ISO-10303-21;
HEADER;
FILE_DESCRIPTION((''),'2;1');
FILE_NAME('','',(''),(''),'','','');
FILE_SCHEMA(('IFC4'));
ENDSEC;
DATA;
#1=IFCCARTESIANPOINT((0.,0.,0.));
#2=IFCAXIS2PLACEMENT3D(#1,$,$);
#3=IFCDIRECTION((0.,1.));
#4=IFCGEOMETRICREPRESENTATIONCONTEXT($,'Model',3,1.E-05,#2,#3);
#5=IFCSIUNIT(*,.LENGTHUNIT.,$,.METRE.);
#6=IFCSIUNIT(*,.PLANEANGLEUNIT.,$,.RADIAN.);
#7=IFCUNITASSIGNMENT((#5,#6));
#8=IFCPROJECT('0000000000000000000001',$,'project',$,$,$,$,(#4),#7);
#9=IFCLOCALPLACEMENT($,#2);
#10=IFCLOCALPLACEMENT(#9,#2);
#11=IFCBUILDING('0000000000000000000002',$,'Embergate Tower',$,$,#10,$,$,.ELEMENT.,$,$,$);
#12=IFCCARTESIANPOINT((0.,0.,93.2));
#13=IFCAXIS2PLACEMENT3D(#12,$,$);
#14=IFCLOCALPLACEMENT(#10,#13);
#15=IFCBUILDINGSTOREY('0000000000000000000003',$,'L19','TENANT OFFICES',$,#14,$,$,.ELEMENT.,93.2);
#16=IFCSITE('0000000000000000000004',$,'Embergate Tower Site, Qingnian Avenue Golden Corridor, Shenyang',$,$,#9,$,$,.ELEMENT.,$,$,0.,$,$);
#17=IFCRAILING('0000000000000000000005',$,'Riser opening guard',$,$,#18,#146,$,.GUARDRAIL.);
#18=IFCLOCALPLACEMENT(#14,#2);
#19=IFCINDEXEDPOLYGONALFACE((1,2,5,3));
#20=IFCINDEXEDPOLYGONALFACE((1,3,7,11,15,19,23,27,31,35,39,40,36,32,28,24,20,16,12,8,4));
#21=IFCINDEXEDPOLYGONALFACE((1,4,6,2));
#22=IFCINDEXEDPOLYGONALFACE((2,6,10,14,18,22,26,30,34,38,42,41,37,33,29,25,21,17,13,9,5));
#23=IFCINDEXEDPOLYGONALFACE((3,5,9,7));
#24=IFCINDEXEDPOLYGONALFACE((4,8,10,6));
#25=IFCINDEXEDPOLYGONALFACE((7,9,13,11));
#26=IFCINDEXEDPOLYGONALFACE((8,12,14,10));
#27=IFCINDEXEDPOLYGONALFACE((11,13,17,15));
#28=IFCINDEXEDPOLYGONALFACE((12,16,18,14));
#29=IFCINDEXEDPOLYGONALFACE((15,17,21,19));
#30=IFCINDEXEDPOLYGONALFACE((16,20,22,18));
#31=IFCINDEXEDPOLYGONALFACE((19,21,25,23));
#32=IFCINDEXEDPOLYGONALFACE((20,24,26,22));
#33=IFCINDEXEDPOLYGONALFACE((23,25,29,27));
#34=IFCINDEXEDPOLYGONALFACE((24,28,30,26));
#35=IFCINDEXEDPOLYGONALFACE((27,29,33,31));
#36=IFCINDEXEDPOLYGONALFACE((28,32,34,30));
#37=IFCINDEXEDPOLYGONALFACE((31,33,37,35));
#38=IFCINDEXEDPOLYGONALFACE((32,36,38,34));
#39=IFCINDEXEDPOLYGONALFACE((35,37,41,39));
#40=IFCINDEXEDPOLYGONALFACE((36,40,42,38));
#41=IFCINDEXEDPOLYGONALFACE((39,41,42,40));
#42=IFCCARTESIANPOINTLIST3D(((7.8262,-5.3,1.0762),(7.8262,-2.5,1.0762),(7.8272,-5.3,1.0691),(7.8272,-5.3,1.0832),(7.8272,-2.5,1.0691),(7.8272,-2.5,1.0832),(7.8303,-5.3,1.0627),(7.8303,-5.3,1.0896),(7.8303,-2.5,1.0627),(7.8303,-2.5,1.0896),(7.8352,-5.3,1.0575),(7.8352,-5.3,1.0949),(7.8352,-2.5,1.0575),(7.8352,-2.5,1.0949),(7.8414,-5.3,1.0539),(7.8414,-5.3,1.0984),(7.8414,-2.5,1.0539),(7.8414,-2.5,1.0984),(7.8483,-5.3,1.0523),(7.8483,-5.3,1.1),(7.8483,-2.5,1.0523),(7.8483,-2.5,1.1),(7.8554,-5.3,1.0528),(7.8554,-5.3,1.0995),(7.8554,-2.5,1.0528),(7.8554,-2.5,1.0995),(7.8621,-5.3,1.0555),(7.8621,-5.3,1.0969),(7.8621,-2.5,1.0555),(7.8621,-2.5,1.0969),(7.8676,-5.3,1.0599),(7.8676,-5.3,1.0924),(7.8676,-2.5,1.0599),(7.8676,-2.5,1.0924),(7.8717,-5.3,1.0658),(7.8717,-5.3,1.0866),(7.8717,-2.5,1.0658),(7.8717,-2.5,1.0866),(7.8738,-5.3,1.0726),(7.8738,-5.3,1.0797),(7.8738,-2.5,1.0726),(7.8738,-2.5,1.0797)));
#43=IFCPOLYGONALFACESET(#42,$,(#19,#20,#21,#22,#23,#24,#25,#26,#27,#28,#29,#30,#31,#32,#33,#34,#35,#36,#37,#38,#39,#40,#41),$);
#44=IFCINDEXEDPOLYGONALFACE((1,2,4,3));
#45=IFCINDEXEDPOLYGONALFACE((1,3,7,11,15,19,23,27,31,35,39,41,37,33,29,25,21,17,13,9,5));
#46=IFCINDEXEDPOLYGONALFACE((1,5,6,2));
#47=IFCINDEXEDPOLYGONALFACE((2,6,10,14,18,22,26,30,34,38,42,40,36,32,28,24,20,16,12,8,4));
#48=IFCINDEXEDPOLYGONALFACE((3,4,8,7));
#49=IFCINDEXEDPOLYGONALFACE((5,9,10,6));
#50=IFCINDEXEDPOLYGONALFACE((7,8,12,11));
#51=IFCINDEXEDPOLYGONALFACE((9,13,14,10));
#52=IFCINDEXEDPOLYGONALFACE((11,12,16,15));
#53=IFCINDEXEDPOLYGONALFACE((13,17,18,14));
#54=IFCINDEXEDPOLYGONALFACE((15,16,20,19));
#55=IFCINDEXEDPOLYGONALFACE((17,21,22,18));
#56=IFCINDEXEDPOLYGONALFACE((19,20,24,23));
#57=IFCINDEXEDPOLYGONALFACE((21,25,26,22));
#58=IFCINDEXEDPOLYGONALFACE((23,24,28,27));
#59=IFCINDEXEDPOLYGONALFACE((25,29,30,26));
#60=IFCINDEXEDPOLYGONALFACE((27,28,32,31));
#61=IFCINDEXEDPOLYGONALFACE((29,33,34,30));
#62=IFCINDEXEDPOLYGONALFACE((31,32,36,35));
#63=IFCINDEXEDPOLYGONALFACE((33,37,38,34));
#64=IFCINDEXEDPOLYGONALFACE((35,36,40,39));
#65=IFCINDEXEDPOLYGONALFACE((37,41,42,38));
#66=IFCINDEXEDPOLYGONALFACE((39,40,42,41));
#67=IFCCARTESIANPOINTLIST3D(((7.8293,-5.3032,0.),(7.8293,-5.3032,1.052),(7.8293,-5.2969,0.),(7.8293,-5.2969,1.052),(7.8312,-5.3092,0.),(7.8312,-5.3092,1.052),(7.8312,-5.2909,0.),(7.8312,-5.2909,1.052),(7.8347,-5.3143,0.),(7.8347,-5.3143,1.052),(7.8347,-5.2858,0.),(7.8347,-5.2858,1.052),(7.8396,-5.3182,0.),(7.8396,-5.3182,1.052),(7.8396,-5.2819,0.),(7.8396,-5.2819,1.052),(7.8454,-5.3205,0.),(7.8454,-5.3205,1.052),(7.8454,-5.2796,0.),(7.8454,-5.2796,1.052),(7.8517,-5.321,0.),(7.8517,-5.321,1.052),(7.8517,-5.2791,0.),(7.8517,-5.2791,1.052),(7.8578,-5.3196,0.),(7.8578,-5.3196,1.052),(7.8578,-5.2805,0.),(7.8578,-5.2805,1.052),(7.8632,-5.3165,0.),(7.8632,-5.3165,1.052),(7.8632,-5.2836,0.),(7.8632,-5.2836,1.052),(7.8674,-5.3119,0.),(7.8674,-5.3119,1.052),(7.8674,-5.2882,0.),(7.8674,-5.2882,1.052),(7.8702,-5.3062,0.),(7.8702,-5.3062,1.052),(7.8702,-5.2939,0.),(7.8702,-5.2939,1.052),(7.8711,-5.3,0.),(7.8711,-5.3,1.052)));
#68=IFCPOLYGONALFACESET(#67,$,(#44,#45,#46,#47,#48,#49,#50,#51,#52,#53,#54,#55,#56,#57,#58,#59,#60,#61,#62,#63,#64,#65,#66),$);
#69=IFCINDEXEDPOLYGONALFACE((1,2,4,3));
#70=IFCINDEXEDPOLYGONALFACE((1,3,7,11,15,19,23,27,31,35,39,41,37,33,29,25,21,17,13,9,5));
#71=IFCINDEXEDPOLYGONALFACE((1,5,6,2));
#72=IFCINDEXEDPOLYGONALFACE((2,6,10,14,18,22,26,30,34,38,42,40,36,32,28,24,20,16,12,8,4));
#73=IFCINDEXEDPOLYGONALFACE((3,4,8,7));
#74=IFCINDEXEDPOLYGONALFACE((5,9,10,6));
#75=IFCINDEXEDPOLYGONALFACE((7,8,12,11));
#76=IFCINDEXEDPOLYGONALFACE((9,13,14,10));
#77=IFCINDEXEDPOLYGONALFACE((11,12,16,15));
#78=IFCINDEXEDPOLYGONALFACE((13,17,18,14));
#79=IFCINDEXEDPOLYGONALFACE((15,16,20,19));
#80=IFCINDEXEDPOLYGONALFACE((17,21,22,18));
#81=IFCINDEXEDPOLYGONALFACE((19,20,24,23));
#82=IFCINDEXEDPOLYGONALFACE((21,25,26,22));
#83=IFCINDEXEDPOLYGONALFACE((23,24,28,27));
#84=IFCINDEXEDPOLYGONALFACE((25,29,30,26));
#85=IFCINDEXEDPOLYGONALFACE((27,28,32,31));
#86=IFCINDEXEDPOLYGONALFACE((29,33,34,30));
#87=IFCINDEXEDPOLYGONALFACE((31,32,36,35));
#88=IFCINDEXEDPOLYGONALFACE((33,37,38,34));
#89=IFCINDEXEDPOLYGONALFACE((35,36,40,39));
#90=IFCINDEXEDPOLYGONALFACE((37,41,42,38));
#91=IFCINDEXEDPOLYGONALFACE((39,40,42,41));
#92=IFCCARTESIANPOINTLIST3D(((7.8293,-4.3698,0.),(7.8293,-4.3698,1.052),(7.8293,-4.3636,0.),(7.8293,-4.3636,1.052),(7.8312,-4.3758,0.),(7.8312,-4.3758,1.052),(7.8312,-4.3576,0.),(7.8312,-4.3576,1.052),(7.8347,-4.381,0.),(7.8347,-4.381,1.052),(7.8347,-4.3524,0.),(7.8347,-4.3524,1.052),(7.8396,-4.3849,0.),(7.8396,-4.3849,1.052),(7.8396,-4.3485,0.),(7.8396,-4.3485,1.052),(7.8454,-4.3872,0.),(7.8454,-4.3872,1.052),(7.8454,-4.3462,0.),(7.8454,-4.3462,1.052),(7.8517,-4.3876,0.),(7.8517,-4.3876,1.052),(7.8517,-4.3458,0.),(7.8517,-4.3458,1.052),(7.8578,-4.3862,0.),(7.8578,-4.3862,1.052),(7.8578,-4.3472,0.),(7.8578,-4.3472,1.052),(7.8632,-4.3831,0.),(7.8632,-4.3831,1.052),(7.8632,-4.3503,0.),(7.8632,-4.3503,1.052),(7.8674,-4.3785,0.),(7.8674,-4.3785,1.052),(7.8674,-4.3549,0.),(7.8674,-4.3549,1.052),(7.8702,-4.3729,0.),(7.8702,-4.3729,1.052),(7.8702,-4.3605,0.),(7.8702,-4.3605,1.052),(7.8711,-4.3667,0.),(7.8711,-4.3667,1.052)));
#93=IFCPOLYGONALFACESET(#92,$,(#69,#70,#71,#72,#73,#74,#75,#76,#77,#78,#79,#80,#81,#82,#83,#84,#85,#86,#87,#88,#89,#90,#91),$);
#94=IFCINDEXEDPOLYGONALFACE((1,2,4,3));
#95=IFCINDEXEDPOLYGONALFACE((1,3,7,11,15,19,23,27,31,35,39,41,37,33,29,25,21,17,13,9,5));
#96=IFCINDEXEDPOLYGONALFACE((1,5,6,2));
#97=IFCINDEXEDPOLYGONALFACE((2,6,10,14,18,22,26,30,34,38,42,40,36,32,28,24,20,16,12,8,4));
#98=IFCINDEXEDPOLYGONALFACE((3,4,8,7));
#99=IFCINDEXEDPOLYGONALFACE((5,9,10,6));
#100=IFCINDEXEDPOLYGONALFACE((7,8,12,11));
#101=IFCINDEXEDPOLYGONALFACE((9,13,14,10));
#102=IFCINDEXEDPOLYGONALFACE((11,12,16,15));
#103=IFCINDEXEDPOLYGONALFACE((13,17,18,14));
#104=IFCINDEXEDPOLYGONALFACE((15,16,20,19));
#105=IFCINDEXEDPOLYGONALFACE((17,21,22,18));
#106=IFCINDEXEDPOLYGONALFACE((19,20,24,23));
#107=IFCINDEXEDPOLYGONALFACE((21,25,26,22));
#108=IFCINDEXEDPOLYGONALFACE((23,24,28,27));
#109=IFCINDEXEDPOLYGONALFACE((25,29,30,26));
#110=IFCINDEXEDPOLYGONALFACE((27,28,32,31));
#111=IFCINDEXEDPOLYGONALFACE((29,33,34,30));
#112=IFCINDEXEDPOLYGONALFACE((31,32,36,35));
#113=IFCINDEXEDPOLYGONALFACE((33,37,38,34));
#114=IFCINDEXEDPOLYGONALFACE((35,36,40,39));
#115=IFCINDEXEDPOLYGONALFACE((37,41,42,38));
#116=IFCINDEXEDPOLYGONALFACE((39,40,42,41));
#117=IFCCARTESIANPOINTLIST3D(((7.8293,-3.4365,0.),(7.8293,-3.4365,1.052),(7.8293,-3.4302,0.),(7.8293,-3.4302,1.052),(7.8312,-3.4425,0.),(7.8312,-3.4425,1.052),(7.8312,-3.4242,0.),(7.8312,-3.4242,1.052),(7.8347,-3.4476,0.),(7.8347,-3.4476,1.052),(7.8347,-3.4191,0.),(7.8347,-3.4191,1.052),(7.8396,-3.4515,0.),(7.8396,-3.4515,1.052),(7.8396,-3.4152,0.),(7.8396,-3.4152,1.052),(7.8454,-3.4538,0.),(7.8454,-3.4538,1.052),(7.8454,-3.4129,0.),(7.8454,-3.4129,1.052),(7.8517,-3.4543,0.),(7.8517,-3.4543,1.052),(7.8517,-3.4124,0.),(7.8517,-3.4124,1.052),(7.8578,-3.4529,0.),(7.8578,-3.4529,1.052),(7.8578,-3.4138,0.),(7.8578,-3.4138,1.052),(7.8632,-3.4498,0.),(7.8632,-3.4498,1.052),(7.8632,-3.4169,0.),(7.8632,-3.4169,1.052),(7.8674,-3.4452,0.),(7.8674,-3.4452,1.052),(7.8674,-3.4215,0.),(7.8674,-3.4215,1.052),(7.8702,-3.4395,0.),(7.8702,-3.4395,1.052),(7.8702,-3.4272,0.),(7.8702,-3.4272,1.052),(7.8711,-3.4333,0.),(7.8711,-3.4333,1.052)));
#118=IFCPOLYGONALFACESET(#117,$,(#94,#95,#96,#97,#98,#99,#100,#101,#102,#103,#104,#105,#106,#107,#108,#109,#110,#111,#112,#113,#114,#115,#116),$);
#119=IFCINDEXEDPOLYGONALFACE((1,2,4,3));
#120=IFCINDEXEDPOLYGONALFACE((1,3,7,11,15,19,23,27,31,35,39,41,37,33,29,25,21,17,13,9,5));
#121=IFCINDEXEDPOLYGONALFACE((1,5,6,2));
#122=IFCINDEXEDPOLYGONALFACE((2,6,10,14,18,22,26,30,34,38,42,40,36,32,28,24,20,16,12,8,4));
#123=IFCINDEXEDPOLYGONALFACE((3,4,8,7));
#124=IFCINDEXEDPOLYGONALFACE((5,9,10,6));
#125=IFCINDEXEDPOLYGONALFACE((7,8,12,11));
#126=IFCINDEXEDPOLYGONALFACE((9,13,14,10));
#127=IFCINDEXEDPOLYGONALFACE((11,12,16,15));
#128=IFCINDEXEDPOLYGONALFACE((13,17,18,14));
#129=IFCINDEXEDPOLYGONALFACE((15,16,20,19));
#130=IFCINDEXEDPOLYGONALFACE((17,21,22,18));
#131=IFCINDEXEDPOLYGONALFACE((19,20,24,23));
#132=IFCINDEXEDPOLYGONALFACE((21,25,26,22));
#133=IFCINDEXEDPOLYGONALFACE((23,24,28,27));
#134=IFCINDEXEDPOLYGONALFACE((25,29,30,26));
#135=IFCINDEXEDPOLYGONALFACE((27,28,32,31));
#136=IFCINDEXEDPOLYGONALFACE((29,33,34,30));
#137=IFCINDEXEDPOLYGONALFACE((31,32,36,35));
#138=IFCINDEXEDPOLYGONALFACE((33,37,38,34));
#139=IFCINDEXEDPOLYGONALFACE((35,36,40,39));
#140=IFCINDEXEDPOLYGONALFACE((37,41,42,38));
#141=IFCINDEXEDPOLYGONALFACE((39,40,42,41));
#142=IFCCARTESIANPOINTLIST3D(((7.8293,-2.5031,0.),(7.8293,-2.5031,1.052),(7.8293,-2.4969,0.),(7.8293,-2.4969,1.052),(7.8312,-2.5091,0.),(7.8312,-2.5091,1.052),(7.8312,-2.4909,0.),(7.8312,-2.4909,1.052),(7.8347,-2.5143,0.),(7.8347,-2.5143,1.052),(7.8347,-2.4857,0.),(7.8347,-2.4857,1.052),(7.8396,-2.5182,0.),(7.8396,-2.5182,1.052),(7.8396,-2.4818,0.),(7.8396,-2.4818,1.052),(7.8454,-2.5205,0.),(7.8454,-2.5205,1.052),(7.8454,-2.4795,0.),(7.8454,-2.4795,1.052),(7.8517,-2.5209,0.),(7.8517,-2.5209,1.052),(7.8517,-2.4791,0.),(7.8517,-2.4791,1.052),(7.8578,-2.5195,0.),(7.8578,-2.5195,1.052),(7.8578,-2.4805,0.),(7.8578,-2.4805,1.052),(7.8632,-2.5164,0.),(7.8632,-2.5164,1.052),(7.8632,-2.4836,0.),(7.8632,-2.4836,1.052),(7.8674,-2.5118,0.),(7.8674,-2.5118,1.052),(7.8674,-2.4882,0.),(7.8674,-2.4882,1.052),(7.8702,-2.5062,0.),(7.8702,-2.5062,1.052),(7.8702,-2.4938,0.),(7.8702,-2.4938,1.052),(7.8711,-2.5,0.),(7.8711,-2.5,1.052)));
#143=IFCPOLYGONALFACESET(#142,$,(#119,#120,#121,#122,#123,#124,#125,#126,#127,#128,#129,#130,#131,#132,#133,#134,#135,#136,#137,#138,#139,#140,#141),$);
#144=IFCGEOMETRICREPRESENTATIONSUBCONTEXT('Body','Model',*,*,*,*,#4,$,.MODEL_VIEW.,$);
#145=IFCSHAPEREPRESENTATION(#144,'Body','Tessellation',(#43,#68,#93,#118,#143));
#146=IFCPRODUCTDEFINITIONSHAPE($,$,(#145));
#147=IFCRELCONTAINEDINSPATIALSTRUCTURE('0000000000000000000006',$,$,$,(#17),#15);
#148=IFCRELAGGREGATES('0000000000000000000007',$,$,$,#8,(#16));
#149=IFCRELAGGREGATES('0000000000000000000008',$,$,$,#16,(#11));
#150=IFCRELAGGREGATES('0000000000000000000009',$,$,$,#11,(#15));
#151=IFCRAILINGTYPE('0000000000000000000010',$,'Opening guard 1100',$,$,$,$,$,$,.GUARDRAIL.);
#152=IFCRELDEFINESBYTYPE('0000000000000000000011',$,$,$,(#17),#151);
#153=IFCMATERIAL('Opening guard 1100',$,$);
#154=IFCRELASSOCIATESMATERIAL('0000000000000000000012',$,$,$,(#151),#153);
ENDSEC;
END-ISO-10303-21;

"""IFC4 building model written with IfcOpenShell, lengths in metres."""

from ifc_helpers import new_model, si_unit, direction, frame, origin, origin_2d, place, context, subcontext, project, spatial, circle, extrude, source, transform, mapped, material, type_object, element, save


model = new_model("IFC4")

# Units and contexts
model_context = context("Model", 3, precision=1e-05, world=origin(), true_north=direction((0.0, 1.0)))
body_context = subcontext(model_context, "Body", "Model", "MODEL_VIEW")
ifc_project = project(units=[si_unit("LENGTHUNIT", "METRE"), si_unit("PLANEANGLEUNIT", "RADIAN")], contexts=[model_context])

# Site, building, storey
site_placement = place(None, origin())
site = spatial("IfcSite", under=ifc_project, at=site_placement, Name="Embergate Tower Site, Qingnian Avenue Golden Corridor, Shenyang", CompositionType="ELEMENT", RefElevation=0.0)
building_placement = place(site_placement, origin())
building = spatial("IfcBuilding", under=site, at=building_placement, Name="Embergate Tower", CompositionType="ELEMENT")
storey_placement = place(building_placement, frame((0.0, 0.0, 93.2)))
storey = spatial("IfcBuildingStorey", under=building, at=storey_placement, Name="L19", Description="TENANT OFFICES", CompositionType="ELEMENT", Elevation=93.2)

# Railing
ifc_material_1 = material(Name="Opening guard 1100")
railing_type = type_object("IfcRailingType", Name="Opening guard 1100", PredefinedType="GUARDRAIL", material=ifc_material_1)
shared_shape_1 = source(origin(), body_context, "Body", "SweptSolid", [
    extrude(circle(Radius=0.0239, at=origin_2d()), frame((0.0, 0.0, 1.0762), z_axis=(0.0, 1.0, 0.0), x_axis=(-1.0, 0.0, 0.0)), (0.0, 0.0, 1.0), 2.8),
    extrude(circle(Radius=0.021, at=origin_2d()), origin(), (0.0, 0.0, 1.0), 1.052),
    extrude(circle(Radius=0.021, at=origin_2d()), frame((0.0, 0.9333, 0.0)), (0.0, 0.0, 1.0), 1.052),
    extrude(circle(Radius=0.021, at=origin_2d()), frame((0.0, 1.8667, 0.0)), (0.0, 0.0, 1.0), 1.052),
    extrude(circle(Radius=0.021, at=origin_2d()), frame((0.0, 2.8, 0.0)), (0.0, 0.0, 1.0), 1.052),
])
railing_placement = place(storey_placement, frame((7.8501, -5.3, 0.0)))
element("IfcRailing", 1, at=railing_placement, inside=storey, type_object=railing_type, Name="Riser opening guard", PredefinedType="GUARDRAIL", context=body_context, shape_type="MappedRepresentation", body=[
    mapped(shared_shape_1, transform((0.0, 0.0, 0.0))),
])

save(model, "model.ifc")
